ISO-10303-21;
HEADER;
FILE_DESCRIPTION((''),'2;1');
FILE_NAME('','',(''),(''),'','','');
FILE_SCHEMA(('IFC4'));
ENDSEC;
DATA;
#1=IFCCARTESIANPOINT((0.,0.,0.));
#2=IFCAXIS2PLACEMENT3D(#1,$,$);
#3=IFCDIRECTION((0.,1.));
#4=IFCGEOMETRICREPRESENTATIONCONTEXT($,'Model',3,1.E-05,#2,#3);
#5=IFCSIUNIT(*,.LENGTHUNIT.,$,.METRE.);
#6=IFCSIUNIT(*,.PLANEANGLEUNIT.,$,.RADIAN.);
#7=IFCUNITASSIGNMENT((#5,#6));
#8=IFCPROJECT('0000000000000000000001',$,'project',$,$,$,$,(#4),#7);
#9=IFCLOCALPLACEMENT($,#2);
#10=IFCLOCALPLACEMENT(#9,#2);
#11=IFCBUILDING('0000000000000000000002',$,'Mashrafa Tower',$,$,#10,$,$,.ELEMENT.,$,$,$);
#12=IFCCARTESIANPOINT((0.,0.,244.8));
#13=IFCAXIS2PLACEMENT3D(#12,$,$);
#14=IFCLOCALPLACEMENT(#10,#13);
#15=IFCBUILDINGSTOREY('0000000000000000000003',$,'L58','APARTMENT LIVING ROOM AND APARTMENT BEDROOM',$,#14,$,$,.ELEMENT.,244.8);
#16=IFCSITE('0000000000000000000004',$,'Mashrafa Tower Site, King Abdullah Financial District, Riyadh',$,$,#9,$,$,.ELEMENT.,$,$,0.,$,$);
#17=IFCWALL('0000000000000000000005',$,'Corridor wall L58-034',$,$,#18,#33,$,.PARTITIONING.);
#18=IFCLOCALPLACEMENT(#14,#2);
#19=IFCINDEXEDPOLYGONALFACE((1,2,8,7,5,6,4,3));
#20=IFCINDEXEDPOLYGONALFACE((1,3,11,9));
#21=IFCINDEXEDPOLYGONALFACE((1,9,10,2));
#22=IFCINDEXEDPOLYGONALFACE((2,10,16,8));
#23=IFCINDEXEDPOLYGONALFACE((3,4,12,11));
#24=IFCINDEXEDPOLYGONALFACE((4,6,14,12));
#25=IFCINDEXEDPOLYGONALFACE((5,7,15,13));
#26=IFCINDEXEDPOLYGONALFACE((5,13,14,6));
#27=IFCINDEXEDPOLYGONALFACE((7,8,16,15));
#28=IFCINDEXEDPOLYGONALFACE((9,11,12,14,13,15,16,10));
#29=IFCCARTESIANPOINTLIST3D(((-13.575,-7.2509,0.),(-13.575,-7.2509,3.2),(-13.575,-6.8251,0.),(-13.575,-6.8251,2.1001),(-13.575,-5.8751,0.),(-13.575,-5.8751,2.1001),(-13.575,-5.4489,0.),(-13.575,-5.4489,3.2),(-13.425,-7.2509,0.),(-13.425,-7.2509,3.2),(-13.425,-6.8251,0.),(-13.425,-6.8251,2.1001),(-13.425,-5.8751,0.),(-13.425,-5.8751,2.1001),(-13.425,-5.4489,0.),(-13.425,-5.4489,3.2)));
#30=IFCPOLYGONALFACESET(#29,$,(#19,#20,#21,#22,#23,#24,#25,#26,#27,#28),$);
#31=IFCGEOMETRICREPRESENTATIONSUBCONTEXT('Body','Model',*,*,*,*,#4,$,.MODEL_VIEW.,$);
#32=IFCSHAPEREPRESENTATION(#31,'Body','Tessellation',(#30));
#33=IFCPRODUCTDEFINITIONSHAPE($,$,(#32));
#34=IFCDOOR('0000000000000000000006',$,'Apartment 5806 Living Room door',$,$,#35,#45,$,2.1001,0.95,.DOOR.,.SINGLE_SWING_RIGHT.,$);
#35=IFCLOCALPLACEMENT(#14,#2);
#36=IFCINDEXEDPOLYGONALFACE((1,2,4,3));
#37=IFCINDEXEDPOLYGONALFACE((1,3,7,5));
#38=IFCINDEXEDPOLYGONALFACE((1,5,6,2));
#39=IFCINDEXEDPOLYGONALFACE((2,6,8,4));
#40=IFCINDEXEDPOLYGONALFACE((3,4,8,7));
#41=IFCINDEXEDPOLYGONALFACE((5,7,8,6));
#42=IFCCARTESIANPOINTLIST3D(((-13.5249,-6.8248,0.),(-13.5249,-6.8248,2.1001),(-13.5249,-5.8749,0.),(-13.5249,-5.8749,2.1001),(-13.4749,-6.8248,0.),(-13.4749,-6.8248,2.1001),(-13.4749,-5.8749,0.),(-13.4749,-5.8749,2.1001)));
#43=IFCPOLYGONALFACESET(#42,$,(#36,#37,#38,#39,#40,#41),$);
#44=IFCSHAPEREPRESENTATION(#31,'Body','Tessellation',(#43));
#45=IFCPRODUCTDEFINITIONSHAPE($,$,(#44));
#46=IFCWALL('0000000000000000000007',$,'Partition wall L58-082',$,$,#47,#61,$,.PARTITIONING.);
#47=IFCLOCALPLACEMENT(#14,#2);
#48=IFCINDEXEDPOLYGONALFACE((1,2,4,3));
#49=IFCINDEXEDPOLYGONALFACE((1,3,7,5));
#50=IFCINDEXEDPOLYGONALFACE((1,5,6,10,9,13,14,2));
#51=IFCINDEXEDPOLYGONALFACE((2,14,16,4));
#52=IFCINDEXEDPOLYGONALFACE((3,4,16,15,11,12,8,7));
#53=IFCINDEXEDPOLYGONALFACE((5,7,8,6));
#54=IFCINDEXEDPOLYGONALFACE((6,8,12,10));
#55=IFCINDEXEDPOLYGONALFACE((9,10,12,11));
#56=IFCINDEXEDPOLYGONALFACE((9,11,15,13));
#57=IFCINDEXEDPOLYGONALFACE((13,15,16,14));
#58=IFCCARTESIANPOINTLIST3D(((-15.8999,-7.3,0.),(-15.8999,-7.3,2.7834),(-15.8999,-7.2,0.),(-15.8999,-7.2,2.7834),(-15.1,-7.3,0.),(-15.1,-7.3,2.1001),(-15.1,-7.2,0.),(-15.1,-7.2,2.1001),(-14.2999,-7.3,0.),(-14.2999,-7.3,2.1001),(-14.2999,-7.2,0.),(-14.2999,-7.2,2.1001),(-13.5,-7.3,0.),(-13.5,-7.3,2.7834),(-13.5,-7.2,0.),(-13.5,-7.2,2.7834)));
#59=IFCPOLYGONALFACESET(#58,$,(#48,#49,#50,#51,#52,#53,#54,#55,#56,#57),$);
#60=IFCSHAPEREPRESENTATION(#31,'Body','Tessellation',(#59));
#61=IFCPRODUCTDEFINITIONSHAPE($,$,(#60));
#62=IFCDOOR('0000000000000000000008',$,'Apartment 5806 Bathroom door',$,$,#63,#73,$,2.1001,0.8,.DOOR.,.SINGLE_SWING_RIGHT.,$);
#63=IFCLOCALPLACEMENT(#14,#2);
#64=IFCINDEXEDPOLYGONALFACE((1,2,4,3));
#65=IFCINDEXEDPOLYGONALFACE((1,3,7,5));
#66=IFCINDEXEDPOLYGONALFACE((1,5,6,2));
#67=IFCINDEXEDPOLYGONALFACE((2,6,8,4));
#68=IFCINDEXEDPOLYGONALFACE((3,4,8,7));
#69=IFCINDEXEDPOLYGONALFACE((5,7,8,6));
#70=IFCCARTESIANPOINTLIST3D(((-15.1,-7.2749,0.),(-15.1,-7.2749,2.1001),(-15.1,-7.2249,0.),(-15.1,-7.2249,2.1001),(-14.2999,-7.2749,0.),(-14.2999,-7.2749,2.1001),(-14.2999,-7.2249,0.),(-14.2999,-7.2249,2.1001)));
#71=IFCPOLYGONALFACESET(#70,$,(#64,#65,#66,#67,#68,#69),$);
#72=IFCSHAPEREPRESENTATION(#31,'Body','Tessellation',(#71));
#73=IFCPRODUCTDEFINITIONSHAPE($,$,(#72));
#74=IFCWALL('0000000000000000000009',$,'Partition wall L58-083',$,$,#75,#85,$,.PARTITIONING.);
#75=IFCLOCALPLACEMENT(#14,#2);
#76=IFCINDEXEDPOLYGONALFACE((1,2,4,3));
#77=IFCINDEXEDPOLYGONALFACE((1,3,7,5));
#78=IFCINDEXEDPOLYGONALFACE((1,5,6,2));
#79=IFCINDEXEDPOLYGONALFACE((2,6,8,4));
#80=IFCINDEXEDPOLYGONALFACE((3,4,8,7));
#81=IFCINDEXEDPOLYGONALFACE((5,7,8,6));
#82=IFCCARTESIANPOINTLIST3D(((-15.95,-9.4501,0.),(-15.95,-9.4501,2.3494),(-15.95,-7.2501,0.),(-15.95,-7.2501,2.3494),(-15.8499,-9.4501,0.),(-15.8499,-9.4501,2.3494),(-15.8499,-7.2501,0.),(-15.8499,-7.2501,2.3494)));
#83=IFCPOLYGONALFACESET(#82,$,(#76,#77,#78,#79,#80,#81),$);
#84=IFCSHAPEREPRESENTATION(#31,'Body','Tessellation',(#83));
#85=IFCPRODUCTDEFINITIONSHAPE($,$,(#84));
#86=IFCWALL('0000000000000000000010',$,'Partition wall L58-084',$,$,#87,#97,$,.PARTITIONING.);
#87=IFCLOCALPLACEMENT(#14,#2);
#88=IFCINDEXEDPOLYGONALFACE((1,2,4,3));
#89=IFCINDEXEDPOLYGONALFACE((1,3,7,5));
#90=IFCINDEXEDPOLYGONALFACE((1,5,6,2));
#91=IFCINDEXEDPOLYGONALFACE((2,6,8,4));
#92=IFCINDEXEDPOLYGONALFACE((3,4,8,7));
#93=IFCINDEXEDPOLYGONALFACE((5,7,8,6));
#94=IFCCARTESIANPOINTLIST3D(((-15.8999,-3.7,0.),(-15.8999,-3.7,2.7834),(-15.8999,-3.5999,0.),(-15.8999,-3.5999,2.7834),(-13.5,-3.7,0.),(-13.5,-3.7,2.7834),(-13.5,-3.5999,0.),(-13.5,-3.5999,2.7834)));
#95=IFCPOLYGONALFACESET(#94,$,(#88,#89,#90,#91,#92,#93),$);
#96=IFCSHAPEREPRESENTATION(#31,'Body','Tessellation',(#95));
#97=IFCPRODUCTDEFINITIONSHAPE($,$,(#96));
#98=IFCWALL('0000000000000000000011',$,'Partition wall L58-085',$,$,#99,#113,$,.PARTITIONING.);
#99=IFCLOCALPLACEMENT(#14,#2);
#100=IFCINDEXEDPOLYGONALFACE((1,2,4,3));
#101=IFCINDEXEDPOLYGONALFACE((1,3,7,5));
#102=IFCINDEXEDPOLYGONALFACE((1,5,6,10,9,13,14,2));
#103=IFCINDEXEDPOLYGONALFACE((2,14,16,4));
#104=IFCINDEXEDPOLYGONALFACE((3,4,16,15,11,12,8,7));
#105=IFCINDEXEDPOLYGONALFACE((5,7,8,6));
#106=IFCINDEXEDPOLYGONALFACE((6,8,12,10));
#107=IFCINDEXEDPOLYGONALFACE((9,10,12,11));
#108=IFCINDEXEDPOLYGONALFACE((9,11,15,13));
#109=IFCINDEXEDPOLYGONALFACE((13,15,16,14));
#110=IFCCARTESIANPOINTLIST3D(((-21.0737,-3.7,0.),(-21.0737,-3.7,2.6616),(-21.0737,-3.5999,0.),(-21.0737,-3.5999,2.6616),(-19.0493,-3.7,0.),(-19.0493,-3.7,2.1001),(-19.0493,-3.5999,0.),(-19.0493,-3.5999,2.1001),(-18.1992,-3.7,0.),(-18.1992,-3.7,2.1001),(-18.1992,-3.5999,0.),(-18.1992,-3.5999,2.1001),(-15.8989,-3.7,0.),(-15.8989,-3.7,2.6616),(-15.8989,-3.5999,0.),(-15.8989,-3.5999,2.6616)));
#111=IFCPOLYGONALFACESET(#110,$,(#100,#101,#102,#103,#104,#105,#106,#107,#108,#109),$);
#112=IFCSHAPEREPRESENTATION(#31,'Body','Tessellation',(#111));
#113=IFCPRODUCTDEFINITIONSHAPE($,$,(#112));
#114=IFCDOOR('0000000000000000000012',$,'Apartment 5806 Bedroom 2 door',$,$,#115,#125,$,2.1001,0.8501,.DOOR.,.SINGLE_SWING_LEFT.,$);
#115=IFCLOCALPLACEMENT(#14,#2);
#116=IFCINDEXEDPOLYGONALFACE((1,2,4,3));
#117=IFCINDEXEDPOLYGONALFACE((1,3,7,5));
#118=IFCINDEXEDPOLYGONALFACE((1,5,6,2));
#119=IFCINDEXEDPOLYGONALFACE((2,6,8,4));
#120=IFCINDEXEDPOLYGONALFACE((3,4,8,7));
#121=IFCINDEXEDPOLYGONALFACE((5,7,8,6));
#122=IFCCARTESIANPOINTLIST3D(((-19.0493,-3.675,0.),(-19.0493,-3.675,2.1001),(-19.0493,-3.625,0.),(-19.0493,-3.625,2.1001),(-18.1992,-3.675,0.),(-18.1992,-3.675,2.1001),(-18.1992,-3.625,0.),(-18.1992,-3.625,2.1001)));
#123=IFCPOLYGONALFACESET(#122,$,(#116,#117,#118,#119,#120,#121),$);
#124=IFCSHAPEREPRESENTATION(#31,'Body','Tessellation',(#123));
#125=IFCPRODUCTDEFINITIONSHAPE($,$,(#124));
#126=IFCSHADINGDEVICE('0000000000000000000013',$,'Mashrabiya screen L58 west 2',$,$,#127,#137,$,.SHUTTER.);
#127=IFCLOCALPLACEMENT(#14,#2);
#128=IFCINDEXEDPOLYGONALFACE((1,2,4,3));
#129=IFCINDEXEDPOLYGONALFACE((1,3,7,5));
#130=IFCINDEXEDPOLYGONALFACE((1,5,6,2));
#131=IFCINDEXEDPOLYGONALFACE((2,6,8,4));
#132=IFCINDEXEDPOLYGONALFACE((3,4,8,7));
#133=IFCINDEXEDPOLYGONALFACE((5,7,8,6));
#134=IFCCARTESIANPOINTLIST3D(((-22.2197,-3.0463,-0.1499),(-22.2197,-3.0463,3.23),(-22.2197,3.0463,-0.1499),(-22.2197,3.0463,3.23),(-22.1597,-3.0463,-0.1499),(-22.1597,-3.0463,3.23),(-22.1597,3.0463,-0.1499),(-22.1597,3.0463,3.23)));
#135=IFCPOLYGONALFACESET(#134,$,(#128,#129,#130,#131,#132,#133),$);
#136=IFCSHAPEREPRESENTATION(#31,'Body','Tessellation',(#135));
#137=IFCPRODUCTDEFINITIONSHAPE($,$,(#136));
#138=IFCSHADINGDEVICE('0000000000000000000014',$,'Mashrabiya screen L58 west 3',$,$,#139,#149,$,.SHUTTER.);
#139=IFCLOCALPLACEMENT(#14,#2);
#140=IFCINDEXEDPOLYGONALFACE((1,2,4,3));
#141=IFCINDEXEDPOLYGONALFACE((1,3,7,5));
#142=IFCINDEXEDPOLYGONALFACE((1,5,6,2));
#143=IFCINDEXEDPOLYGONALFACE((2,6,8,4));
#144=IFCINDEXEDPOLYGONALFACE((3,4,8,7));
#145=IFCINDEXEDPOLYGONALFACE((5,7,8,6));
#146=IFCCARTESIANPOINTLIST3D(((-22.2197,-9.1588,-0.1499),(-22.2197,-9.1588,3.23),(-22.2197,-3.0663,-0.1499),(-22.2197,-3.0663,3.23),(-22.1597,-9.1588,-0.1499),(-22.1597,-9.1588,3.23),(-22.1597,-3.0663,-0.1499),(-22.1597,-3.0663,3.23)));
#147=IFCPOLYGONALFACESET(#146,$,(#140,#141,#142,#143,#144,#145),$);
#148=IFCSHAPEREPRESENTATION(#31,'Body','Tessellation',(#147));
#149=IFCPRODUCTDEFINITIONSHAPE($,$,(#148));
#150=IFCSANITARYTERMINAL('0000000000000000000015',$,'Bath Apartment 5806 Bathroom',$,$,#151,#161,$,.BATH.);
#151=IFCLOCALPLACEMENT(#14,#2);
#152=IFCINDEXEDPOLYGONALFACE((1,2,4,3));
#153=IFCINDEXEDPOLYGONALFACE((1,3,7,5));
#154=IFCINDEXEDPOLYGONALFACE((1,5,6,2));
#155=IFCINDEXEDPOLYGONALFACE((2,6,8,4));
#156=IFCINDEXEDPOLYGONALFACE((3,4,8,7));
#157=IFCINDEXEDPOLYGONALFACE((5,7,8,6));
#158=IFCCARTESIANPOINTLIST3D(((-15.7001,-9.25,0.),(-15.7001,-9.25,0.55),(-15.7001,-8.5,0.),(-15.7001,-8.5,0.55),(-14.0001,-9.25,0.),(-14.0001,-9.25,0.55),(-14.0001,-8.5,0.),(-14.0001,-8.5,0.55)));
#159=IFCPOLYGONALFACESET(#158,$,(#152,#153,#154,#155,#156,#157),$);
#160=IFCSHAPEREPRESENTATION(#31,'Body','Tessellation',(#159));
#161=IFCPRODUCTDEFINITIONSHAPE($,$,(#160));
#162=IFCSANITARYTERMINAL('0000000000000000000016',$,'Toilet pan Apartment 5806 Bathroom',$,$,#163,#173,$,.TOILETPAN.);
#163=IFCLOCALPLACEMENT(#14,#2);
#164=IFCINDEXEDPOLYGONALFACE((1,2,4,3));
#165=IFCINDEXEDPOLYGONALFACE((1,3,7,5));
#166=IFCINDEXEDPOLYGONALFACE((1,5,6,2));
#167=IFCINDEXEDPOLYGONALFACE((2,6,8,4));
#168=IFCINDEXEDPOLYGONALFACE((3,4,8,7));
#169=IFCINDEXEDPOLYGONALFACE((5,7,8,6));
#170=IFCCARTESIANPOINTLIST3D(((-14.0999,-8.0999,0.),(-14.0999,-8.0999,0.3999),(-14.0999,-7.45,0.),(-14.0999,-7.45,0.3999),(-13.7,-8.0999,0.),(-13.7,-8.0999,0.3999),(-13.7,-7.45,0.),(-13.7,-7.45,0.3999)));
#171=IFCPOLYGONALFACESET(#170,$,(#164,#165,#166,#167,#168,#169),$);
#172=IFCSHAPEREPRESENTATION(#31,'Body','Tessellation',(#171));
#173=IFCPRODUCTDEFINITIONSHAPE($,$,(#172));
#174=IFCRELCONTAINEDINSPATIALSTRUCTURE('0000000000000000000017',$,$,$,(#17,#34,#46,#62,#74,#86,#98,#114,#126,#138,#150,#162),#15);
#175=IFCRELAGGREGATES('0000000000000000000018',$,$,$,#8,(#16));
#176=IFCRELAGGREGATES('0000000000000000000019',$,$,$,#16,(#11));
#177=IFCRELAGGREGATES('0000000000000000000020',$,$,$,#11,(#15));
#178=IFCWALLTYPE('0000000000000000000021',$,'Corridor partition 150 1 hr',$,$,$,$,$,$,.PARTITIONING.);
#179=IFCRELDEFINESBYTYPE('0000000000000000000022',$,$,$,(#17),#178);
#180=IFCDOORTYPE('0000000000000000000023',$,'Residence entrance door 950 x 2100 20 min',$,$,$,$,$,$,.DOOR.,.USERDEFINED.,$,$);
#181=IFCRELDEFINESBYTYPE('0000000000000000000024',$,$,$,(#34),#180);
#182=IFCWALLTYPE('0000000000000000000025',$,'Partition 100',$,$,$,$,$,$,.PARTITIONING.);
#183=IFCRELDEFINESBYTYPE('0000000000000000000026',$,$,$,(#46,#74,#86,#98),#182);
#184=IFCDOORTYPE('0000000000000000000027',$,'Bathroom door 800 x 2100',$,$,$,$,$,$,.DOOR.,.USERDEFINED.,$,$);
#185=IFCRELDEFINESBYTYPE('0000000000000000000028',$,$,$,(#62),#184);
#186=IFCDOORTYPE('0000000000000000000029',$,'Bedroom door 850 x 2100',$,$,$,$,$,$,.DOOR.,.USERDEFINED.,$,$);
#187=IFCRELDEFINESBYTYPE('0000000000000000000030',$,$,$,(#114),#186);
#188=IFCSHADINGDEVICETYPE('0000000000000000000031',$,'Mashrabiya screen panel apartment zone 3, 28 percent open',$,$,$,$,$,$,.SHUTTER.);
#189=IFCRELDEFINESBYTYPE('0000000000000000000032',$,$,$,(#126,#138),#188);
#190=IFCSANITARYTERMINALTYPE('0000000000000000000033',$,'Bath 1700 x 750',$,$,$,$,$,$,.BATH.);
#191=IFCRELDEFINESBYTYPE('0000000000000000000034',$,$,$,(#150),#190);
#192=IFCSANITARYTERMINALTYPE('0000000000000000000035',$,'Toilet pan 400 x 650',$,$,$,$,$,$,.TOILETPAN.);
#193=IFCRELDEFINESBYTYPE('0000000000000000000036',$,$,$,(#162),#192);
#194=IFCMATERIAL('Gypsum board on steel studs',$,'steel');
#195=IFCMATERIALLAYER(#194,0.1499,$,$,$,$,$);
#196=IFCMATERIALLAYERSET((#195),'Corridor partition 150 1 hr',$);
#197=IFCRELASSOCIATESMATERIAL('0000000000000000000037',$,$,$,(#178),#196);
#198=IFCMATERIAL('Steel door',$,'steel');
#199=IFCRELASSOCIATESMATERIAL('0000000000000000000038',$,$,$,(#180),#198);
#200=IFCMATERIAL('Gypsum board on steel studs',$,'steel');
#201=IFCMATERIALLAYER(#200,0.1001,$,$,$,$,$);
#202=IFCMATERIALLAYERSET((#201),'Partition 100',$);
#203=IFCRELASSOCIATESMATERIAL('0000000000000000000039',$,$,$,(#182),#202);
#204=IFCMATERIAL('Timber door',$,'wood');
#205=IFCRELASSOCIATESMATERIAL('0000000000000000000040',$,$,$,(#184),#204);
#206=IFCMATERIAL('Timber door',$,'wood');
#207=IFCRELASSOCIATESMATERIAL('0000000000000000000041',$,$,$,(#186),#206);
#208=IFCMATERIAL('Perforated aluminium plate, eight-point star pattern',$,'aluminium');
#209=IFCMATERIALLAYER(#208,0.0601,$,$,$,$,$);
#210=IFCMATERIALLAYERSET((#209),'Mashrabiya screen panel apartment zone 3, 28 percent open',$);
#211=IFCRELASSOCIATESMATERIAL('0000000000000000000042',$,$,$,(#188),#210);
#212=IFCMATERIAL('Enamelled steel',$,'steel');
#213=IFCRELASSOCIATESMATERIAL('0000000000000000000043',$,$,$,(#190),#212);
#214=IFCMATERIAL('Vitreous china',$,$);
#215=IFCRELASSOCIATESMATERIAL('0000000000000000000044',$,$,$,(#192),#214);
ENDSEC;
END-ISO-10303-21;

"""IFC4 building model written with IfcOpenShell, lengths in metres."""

from ifc_helpers import new_model, si_unit, direction, frame, frame_2d, origin, origin_2d, place, context, subcontext, project, spatial, rectangle, extrude, source, transform, mapped, material, layer, layer_set, type_object, type_shapes, element, fill, save


model = new_model("IFC4")

# Units and contexts
model_context = context("Model", 3, precision=1e-05, world=origin(), true_north=direction((0.0, 1.0)))
body_context = subcontext(model_context, "Body", "Model", "MODEL_VIEW")
ifc_project = project(units=[si_unit("LENGTHUNIT", "METRE"), si_unit("PLANEANGLEUNIT", "RADIAN")], contexts=[model_context])

# Site, building, storey
site_placement = place(None, origin())
site = spatial("IfcSite", under=ifc_project, at=site_placement, Name="Mashrafa Tower Site, King Abdullah Financial District, Riyadh", CompositionType="ELEMENT", RefElevation=0.0)
building_placement = place(site_placement, origin())
building = spatial("IfcBuilding", under=site, at=building_placement, Name="Mashrafa Tower", CompositionType="ELEMENT")
storey_placement = place(building_placement, frame((0.0, 0.0, 244.8)))
storey = spatial("IfcBuildingStorey", under=building, at=storey_placement, Name="L58", Description="APARTMENT LIVING ROOM AND APARTMENT BEDROOM", CompositionType="ELEMENT", Elevation=244.8)

# Shared definitions
ifc_material_1 = material(Name="Gypsum board on steel studs", Category="steel")
ifc_layer_1 = layer(ifc_material_1, 0.1499)
ifc_layer_set_1 = layer_set([ifc_layer_1], Name="Corridor partition 150 1 hr")
wall_type_1 = type_object("IfcWallType", Name="Corridor partition 150 1 hr", PredefinedType="PARTITIONING", material=ifc_layer_set_1)

# Walls, openings, doors
wall_1_placement = place(storey_placement, frame((-13.5, -5.449, 0.0), z_axis=(0.0, 0.0, 1.0), x_axis=(0.0, -1.0, 0.0)))
wall_1 = element("IfcWall", 1, at=wall_1_placement, inside=storey, type_object=wall_type_1, Name="Corridor wall L58-034", PredefinedType="PARTITIONING", context=body_context, shape_type="SweptSolid", body=[
    extrude(rectangle(XDim=1.802, YDim=0.1499, at=frame_2d((0.9009, 0.0))), origin(), (0.0, 0.0, 1.0), 3.2),
])
opening_1_placement = place(wall_1_placement, frame((0.426, 0.0, 0.0)))
opening_1 = element("IfcOpeningElement", 2, at=opening_1_placement, cuts=wall_1, PredefinedType="OPENING", context=body_context, shape_type="SweptSolid", body=[
    extrude(rectangle(XDim=0.95, YDim=2.1001, at=frame_2d((0.4751, 1.05))), frame((0.0, 0.085, 0.0), z_axis=(0.0, -1.0, 0.0), x_axis=(1.0, 0.0, 0.0)), (0.0, 0.0, 1.0), 0.1699),
])
ifc_material_2 = material(Name="Steel door", Category="steel")
door_type_1 = type_object("IfcDoorType", Name="Residence entrance door 950 x 2100 20 min", OperationType="USERDEFINED", PredefinedType="DOOR", material=ifc_material_2)
door_1_placement = place(opening_1_placement, frame((0.95, 0.0, 0.0), z_axis=(0.0, 0.0, 1.0), x_axis=(-1.0, 0.0, 0.0)))
door_1 = element("IfcDoor", 3, at=door_1_placement, inside=storey, type_object=door_type_1, Name="Apartment 5806 Living Room door", OperationType="SINGLE_SWING_RIGHT", OverallHeight=2.1001, OverallWidth=0.95, PredefinedType="DOOR", context=body_context, shape_type="SweptSolid", body=[
    extrude(rectangle(XDim=0.95, YDim=2.1001, at=frame_2d((0.4751, 1.05))), frame((0.0, 0.0249, 0.0), z_axis=(0.0, -1.0, 0.0), x_axis=(1.0, 0.0, 0.0)), (0.0, 0.0, 1.0), 0.05),
])
fill(opening_1, door_1)
ifc_material_3 = material(Name="Gypsum board on steel studs", Category="steel")
ifc_layer_2 = layer(ifc_material_3, 0.1001)
ifc_layer_set_2 = layer_set([ifc_layer_2], Name="Partition 100")
wall_type_2 = type_object("IfcWallType", Name="Partition 100", PredefinedType="PARTITIONING", material=ifc_layer_set_2)
wall_2_placement = place(storey_placement, frame((-13.5, -7.25, 0.0), z_axis=(0.0, 0.0, 1.0), x_axis=(-1.0, 0.0, 0.0)))
wall_2 = element("IfcWall", 4, at=wall_2_placement, inside=storey, type_object=wall_type_2, Name="Partition wall L58-082", PredefinedType="PARTITIONING", context=body_context, shape_type="SweptSolid", body=[
    extrude(rectangle(XDim=2.3999, YDim=0.1001, at=frame_2d((1.2, 0.0))), origin(), (0.0, 0.0, 1.0), 2.7834),
])
opening_2_placement = place(wall_2_placement, frame((0.8, 0.0, 0.0)))
opening_2 = element("IfcOpeningElement", 5, at=opening_2_placement, cuts=wall_2, PredefinedType="OPENING", context=body_context, shape_type="SweptSolid", body=[
    extrude(rectangle(XDim=0.8, YDim=2.1001, at=frame_2d((0.3999, 1.05))), frame((0.0, 0.0601, 0.0), z_axis=(0.0, -1.0, 0.0), x_axis=(1.0, 0.0, 0.0)), (0.0, 0.0, 1.0), 0.1201),
])
ifc_material_4 = material(Name="Timber door", Category="wood")
door_type_2 = type_object("IfcDoorType", Name="Bathroom door 800 x 2100", OperationType="USERDEFINED", PredefinedType="DOOR", material=ifc_material_4)
door_2_placement = place(opening_2_placement, origin())
door_2 = element("IfcDoor", 6, at=door_2_placement, inside=storey, type_object=door_type_2, Name="Apartment 5806 Bathroom door", OperationType="SINGLE_SWING_RIGHT", OverallHeight=2.1001, OverallWidth=0.8, PredefinedType="DOOR", context=body_context, shape_type="SweptSolid", body=[
    extrude(rectangle(XDim=0.8, YDim=2.1001, at=frame_2d((0.3999, 1.05))), frame((0.0, 0.0249, 0.0), z_axis=(0.0, -1.0, 0.0), x_axis=(1.0, 0.0, 0.0)), (0.0, 0.0, 1.0), 0.05),
])
fill(opening_2, door_2)

# Walls
wall_3_placement = place(storey_placement, frame((-15.8999, -7.25, 0.0), z_axis=(0.0, 0.0, 1.0), x_axis=(0.0, -1.0, 0.0)))
element("IfcWall", 7, at=wall_3_placement, inside=storey, type_object=wall_type_2, Name="Partition wall L58-083", PredefinedType="PARTITIONING", context=body_context, shape_type="SweptSolid", body=[
    extrude(rectangle(XDim=2.2, YDim=0.1001, at=frame_2d((1.1001, 0.0))), origin(), (0.0, 0.0, 1.0), 2.3494),
])
wall_4_placement = place(storey_placement, frame((-13.5, -3.6499, 0.0), z_axis=(0.0, 0.0, 1.0), x_axis=(-1.0, 0.0, 0.0)))
element("IfcWall", 8, at=wall_4_placement, inside=storey, type_object=wall_type_2, Name="Partition wall L58-084", PredefinedType="PARTITIONING", context=body_context, shape_type="SweptSolid", body=[
    extrude(rectangle(XDim=2.3999, YDim=0.1001, at=frame_2d((1.2, 0.0))), origin(), (0.0, 0.0, 1.0), 2.7834),
])

# Wall, opening, door
wall_5_placement = place(storey_placement, frame((-21.0737, -3.6499, 0.0), z_axis=(0.0, 0.0, 1.0), x_axis=(1.0, 0.0, 0.0)))
wall_5 = element("IfcWall", 9, at=wall_5_placement, inside=storey, type_object=wall_type_2, Name="Partition wall L58-085", PredefinedType="PARTITIONING", context=body_context, shape_type="SweptSolid", body=[
    extrude(rectangle(XDim=5.1748, YDim=0.1001, at=frame_2d((2.5874, 0.0))), origin(), (0.0, 0.0, 1.0), 2.6616),
])
opening_3_placement = place(wall_5_placement, frame((2.0244, 0.0, 0.0)))
opening_3 = element("IfcOpeningElement", 10, at=opening_3_placement, cuts=wall_5, PredefinedType="OPENING", context=body_context, shape_type="SweptSolid", body=[
    extrude(rectangle(XDim=0.8501, YDim=2.1001, at=frame_2d((0.425, 1.05))), frame((0.0, 0.0601, 0.0), z_axis=(0.0, -1.0, 0.0), x_axis=(1.0, 0.0, 0.0)), (0.0, 0.0, 1.0), 0.1201),
])
ifc_material_5 = material(Name="Timber door", Category="wood")
door_type_3 = type_object("IfcDoorType", Name="Bedroom door 850 x 2100", OperationType="USERDEFINED", PredefinedType="DOOR", material=ifc_material_5)
door_3_placement = place(opening_3_placement, origin())
door_3 = element("IfcDoor", 11, at=door_3_placement, inside=storey, type_object=door_type_3, Name="Apartment 5806 Bedroom 2 door", OperationType="SINGLE_SWING_LEFT", OverallHeight=2.1001, OverallWidth=0.8501, PredefinedType="DOOR", context=body_context, shape_type="SweptSolid", body=[
    extrude(rectangle(XDim=0.8501, YDim=2.1001, at=frame_2d((0.425, 1.05))), frame((0.0, 0.0249, 0.0), z_axis=(0.0, -1.0, 0.0), x_axis=(1.0, 0.0, 0.0)), (0.0, 0.0, 1.0), 0.05),
])
fill(opening_3, door_3)

# Shading devices
ifc_material_6 = material(Name="Perforated aluminium plate, eight-point star pattern", Category="aluminium")
ifc_layer_3 = layer(ifc_material_6, 0.0601)
ifc_layer_set_3 = layer_set([ifc_layer_3], Name="Mashrabiya screen panel apartment zone 3, 28 percent open")
shading_device_type = type_object("IfcShadingDeviceType", Name="Mashrabiya screen panel apartment zone 3, 28 percent open", PredefinedType="SHUTTER", material=ifc_layer_set_3)
shared_shape_1 = source(origin(), body_context, "Body", "SweptSolid", [
    extrude(rectangle(XDim=6.0925, YDim=0.0601, at=origin_2d()), origin(), (0.0, 0.0, 1.0), 3.3799),
])
type_shapes(shading_device_type, [shared_shape_1])
for number, where, z_axis, x_axis, name in (
    (12, (-22.1897, 0.0, -0.1499), (0.0, 0.0, 1.0), (0.0, -1.0, 0.0), "Mashrabiya screen L58 west 2"),
    (13, (-22.1897, -6.1125, -0.1499), (0.0, 0.0, 1.0), (0.0, -1.0, 0.0), "Mashrabiya screen L58 west 3"),
):
    element("IfcShadingDevice", number, at=place(storey_placement, frame(where, z_axis=z_axis, x_axis=x_axis)), inside=storey, type_object=shading_device_type, Name=name, PredefinedType="SHUTTER", context=body_context, shape_type="MappedRepresentation", body=[
        mapped(shared_shape_1, transform((0.0, 0.0, 0.0))),
    ])

# Sanitary terminals
ifc_material_7 = material(Name="Enamelled steel", Category="steel")
sanitary_terminal_type_1 = type_object("IfcSanitaryTerminalType", Name="Bath 1700 x 750", PredefinedType="BATH", material=ifc_material_7)
sanitary_terminal_1_placement = place(storey_placement, frame((-14.8501, -8.875, 0.0), z_axis=(0.0, 0.0, 1.0), x_axis=(1.0, 0.0, 0.0)))
element("IfcSanitaryTerminal", 14, at=sanitary_terminal_1_placement, inside=storey, type_object=sanitary_terminal_type_1, Name="Bath Apartment 5806 Bathroom", PredefinedType="BATH", context=body_context, shape_type="SweptSolid", body=[
    extrude(rectangle(XDim=1.7, YDim=0.75, at=origin_2d()), origin(), (0.0, 0.0, 1.0), 0.55),
])
ifc_material_8 = material(Name="Vitreous china")
sanitary_terminal_type_2 = type_object("IfcSanitaryTerminalType", Name="Toilet pan 400 x 650", PredefinedType="TOILETPAN", material=ifc_material_8)
sanitary_terminal_2_placement = place(storey_placement, frame((-13.8999, -7.7749, 0.0), z_axis=(0.0, 0.0, 1.0), x_axis=(-1.0, 0.0, 0.0)))
element("IfcSanitaryTerminal", 15, at=sanitary_terminal_2_placement, inside=storey, type_object=sanitary_terminal_type_2, Name="Toilet pan Apartment 5806 Bathroom", PredefinedType="TOILETPAN", context=body_context, shape_type="SweptSolid", body=[
    extrude(rectangle(XDim=0.3999, YDim=0.6499, at=origin_2d()), origin(), (0.0, 0.0, 1.0), 0.3999),
])

save(model, "model.ifc")
